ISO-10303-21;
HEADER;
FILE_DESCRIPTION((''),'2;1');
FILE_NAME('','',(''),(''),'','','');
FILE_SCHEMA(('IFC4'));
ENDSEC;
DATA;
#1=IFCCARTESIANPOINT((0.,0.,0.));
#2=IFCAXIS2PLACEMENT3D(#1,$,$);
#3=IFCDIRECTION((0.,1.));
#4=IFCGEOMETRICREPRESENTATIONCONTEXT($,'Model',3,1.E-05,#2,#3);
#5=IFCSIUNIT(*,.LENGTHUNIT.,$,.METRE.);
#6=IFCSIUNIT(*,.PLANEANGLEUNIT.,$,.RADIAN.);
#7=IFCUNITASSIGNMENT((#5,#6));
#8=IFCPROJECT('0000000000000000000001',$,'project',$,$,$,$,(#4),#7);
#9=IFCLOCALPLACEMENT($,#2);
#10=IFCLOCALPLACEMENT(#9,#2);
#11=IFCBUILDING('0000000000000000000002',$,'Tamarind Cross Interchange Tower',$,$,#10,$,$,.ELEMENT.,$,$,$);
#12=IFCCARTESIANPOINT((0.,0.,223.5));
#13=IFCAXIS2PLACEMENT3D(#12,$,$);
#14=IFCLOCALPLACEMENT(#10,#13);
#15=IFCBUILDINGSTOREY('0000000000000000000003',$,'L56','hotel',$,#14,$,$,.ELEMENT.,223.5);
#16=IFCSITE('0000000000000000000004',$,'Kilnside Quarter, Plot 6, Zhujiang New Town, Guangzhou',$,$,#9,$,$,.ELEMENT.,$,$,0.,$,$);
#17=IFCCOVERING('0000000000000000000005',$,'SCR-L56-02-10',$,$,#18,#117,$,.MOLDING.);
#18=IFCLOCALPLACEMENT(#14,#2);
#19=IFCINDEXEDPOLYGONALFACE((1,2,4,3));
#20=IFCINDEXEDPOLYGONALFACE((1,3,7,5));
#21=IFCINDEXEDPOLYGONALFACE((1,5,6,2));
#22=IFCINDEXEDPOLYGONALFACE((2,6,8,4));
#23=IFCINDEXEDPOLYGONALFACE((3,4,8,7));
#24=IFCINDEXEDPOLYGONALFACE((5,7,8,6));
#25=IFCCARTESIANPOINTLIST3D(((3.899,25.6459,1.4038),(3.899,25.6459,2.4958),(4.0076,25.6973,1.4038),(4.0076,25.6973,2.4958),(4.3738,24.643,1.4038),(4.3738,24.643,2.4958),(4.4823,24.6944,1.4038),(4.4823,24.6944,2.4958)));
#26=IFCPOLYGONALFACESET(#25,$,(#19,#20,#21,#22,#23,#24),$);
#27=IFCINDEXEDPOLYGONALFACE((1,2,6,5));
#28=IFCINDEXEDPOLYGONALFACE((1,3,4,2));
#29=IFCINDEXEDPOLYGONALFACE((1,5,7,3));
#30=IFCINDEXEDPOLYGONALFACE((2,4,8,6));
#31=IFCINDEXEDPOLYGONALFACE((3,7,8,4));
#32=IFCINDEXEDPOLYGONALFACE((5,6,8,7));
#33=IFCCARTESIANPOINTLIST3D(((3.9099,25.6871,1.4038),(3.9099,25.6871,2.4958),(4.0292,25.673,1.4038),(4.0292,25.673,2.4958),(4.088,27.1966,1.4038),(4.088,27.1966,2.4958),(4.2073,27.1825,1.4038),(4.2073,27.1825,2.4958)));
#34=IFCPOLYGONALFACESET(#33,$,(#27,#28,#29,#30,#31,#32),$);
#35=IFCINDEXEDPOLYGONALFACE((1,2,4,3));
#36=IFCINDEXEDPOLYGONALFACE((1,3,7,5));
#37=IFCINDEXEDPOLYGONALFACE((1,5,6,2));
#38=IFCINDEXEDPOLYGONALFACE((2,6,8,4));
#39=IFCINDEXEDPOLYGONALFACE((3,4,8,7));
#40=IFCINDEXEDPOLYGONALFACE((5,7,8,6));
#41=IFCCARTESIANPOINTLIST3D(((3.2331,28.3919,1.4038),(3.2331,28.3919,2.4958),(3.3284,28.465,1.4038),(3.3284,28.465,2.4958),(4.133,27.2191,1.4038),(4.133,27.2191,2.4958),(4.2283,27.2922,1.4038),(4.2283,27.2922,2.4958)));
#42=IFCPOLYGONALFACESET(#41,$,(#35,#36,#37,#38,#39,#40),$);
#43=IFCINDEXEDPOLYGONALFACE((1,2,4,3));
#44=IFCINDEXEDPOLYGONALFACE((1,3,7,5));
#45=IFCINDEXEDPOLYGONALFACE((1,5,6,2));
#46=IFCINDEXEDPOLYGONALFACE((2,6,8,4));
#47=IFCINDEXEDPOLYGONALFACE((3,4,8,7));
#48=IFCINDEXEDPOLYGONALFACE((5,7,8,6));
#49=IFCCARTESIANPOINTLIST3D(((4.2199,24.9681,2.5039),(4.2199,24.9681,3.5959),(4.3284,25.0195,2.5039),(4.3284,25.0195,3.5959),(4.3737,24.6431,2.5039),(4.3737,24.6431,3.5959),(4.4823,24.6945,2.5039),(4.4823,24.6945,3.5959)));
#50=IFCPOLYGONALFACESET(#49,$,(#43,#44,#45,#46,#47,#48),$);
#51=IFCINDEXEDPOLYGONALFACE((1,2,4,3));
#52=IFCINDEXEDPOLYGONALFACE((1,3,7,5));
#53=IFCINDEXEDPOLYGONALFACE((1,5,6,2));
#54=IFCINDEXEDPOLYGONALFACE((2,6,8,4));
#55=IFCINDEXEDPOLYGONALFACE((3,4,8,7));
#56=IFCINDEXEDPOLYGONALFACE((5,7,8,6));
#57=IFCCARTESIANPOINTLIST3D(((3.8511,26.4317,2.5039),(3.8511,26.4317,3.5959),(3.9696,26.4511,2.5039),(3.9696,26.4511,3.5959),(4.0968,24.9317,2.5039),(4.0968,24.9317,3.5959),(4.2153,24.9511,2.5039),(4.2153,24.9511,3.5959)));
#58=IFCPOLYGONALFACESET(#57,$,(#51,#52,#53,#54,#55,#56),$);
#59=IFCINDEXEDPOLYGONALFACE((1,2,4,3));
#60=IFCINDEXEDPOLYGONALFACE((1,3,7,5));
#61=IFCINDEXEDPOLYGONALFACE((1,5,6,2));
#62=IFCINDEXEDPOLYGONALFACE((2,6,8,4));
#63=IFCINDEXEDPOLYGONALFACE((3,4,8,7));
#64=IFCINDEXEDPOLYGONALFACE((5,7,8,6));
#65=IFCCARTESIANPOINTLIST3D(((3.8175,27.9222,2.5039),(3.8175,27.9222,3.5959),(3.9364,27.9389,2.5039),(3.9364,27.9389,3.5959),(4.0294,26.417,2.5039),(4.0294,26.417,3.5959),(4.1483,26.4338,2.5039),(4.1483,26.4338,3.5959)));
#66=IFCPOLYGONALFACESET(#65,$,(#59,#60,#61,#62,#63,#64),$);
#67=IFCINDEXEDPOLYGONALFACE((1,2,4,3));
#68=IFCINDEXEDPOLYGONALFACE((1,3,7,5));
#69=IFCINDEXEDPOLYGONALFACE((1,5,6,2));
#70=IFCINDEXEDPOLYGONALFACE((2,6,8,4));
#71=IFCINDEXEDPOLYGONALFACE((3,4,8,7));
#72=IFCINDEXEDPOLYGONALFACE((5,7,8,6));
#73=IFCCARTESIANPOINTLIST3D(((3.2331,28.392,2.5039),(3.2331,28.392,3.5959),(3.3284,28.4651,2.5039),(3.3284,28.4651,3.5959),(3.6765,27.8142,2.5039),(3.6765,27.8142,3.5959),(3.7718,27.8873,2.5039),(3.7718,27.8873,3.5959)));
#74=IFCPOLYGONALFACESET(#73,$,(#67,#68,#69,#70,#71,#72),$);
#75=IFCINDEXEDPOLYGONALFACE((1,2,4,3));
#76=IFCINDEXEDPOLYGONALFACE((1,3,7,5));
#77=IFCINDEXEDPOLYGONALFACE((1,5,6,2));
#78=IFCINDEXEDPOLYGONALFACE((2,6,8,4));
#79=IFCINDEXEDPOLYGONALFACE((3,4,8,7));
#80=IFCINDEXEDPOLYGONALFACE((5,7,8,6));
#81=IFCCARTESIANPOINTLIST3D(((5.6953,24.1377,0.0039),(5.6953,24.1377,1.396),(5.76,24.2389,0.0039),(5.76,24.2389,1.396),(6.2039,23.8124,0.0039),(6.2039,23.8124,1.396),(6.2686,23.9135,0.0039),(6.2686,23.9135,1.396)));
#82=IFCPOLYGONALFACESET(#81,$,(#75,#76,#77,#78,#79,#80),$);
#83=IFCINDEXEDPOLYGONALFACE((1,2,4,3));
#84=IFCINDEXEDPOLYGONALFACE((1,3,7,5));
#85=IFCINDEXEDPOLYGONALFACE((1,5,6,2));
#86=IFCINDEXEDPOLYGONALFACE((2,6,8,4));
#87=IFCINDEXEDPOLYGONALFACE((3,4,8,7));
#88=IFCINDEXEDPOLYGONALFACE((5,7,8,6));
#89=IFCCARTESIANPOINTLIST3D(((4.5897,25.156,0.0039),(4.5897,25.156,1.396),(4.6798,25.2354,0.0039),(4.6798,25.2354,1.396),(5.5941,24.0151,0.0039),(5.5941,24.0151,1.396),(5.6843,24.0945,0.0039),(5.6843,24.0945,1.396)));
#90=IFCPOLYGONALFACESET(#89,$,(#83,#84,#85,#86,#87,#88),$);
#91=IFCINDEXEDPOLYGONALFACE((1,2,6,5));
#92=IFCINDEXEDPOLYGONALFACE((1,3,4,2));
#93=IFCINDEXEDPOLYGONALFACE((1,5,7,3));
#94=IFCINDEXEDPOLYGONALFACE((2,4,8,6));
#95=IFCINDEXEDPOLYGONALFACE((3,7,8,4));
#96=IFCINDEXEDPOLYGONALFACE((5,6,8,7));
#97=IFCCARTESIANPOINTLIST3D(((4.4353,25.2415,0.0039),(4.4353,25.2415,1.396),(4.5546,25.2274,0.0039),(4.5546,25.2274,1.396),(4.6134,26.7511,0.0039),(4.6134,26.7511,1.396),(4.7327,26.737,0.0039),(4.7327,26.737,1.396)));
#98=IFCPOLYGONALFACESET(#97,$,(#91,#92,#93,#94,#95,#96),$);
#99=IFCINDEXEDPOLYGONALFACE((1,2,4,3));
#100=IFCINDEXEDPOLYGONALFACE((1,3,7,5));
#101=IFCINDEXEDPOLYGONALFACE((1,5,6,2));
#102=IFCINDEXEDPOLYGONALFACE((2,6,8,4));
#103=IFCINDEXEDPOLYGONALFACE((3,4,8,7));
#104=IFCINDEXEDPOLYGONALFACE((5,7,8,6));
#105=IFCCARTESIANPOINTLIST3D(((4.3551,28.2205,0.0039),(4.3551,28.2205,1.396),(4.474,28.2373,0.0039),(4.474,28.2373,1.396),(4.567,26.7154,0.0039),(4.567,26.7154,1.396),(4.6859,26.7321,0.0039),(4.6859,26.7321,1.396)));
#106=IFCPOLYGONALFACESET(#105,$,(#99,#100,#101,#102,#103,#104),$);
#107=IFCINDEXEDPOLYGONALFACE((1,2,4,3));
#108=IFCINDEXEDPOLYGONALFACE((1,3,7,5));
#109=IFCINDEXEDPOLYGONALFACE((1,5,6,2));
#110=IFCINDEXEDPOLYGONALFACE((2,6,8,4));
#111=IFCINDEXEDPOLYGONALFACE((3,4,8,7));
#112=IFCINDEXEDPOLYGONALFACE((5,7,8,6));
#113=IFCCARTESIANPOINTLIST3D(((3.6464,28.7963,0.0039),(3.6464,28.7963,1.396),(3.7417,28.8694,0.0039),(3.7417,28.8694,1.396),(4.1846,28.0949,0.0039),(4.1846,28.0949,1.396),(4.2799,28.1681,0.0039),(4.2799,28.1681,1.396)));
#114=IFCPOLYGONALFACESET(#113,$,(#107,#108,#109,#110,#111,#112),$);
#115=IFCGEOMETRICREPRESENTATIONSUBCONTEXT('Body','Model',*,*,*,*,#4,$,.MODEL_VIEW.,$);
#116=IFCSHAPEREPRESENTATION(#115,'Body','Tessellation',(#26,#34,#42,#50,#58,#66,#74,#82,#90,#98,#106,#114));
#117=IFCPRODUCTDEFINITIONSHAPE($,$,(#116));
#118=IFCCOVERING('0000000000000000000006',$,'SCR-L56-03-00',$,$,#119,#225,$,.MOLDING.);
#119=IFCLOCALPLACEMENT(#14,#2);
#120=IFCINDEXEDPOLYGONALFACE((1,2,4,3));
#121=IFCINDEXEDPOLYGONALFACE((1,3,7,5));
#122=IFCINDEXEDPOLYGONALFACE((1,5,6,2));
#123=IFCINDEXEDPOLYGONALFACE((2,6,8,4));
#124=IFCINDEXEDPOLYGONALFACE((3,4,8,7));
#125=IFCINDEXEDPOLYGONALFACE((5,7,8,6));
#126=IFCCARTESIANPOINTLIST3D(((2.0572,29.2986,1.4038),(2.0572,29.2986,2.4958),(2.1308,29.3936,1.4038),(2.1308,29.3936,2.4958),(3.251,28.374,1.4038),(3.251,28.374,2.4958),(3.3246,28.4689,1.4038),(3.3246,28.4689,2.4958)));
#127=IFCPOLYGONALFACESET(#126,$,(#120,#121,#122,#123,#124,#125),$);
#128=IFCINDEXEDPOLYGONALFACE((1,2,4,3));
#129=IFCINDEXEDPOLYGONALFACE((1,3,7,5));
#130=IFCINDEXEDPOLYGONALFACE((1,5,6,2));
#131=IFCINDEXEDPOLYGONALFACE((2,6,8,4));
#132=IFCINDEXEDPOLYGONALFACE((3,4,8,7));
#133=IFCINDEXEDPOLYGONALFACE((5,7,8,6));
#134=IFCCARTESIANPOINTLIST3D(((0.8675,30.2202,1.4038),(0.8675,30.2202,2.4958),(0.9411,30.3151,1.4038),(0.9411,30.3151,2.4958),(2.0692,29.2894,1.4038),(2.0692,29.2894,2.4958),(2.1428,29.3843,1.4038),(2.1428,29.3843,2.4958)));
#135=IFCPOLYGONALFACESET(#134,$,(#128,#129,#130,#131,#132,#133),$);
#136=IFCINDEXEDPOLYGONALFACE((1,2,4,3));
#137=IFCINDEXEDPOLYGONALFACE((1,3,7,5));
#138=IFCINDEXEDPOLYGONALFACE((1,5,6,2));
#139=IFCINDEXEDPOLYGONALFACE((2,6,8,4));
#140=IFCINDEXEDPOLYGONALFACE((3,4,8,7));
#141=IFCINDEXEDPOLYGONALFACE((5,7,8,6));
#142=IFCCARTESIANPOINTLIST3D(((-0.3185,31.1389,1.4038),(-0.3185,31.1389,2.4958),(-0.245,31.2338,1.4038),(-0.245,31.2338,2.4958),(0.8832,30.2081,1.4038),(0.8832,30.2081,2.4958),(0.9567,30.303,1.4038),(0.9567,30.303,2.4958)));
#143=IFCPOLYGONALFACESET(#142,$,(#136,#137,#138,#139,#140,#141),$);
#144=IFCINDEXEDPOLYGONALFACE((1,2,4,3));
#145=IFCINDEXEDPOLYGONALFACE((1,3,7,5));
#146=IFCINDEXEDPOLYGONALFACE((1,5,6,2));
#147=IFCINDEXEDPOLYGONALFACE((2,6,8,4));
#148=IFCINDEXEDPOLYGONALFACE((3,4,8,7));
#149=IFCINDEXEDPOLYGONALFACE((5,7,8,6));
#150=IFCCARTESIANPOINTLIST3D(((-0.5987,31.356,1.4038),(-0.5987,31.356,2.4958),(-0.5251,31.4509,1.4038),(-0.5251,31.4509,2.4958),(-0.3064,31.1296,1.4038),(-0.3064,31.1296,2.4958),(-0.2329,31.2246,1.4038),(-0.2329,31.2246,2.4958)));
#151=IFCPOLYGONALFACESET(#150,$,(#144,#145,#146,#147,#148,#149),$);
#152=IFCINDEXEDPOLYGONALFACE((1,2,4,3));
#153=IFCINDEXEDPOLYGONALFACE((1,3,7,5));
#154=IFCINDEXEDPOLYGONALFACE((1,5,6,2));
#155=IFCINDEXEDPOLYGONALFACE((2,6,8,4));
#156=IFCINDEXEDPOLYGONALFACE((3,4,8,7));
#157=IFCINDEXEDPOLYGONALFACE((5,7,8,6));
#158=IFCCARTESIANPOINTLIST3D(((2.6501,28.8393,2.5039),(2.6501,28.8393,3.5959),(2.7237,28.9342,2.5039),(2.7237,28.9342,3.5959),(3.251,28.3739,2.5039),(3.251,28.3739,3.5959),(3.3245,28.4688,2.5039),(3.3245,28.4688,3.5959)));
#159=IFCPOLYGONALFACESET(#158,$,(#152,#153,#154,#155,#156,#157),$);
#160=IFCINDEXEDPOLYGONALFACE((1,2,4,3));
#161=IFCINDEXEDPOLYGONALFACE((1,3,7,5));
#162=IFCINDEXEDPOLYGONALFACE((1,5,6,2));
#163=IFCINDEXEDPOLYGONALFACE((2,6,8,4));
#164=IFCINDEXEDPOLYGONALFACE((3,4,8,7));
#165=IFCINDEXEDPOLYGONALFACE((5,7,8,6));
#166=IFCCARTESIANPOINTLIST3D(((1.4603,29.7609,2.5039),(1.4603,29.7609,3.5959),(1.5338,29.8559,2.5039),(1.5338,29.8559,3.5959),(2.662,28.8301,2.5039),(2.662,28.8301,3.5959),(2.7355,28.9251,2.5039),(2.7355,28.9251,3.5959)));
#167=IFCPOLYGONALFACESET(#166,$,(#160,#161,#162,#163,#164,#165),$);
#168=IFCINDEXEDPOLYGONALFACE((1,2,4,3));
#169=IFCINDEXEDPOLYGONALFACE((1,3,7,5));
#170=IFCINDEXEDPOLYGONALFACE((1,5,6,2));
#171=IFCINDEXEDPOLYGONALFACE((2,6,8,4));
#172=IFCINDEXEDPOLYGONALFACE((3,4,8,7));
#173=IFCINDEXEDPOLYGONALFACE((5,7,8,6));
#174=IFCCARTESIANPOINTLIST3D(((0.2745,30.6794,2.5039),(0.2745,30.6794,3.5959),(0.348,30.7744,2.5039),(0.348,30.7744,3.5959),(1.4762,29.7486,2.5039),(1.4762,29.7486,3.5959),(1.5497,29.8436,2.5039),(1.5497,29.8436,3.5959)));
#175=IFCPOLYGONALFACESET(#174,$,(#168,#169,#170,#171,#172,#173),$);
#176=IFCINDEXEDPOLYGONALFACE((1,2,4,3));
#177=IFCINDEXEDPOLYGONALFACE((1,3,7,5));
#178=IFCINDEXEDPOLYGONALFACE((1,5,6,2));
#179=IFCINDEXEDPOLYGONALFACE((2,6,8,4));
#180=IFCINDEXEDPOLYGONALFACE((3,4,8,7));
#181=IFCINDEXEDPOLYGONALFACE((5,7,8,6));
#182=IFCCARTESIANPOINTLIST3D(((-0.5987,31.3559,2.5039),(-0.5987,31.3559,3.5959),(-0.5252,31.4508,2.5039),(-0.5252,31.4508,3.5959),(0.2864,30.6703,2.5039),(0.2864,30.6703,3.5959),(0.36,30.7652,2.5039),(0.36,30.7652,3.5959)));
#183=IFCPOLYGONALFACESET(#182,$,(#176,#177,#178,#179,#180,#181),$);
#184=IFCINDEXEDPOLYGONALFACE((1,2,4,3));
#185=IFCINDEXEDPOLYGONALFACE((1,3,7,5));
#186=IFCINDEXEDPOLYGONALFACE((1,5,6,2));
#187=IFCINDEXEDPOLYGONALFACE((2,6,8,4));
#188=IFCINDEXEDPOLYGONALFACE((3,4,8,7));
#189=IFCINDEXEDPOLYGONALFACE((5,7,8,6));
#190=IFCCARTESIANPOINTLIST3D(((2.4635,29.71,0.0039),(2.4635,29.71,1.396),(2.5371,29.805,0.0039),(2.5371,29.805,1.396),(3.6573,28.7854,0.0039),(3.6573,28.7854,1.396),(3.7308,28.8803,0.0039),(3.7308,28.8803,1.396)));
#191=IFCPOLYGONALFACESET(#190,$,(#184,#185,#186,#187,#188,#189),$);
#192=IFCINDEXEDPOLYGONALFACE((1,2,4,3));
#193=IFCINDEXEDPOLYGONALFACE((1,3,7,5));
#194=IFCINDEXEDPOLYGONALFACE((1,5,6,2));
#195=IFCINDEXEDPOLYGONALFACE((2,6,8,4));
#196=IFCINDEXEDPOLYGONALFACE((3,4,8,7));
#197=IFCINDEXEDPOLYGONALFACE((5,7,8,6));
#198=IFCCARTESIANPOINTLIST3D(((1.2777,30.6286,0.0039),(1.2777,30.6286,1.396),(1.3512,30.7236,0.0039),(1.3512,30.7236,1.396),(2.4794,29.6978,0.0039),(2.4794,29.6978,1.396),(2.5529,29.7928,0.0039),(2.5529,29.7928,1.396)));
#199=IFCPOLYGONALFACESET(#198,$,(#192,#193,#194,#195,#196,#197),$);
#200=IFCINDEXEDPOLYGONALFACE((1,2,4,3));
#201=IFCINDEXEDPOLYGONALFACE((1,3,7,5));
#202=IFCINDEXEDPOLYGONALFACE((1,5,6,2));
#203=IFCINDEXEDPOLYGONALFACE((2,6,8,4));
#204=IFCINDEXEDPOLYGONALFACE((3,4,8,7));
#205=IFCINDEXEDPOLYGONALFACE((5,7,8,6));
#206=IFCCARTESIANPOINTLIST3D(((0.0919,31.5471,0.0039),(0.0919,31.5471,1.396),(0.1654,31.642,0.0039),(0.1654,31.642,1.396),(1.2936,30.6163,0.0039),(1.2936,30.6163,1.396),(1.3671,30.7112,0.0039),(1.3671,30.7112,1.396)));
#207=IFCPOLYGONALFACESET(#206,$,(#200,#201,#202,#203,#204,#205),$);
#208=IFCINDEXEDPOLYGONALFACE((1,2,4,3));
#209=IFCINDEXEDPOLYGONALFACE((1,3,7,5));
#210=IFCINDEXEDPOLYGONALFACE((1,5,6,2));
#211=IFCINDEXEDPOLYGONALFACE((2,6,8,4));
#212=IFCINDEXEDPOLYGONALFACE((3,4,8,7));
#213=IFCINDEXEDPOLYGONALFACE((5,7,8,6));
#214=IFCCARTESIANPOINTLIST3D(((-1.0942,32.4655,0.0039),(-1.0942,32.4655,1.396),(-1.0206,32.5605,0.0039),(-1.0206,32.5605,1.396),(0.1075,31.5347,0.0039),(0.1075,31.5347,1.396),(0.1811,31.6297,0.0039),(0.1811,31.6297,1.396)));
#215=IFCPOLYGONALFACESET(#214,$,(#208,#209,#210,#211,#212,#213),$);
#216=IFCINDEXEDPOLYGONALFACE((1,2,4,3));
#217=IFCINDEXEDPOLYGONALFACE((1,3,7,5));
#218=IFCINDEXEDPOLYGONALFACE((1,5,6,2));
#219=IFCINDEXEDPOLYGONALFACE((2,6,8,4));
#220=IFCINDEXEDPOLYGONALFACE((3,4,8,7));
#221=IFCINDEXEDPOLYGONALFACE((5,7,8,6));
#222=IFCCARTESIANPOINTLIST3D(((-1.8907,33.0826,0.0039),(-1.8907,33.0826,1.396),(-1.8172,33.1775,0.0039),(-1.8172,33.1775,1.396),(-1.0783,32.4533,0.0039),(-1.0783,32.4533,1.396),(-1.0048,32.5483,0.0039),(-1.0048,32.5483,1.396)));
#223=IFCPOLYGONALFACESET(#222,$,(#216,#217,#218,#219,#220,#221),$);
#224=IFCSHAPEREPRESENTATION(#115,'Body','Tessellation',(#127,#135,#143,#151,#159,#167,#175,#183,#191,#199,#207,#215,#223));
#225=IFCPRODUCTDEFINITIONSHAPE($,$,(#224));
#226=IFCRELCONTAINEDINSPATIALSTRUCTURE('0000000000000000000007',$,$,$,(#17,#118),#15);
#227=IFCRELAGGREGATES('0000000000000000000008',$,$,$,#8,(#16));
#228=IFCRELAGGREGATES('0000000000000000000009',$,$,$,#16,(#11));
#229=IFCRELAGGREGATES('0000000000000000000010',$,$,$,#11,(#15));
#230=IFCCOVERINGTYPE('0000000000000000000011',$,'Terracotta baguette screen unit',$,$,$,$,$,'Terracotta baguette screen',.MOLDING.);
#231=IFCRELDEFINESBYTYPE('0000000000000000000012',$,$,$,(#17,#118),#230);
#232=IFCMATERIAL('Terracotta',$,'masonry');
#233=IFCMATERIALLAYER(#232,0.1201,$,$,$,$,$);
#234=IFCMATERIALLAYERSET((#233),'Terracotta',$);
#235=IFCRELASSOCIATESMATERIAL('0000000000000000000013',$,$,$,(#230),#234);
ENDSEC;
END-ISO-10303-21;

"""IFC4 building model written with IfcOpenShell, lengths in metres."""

from ifc_helpers import new_model, si_unit, direction, frame, origin, origin_2d, place, context, subcontext, project, spatial, rectangle, extrude, material, layer, layer_set, type_object, element, save


model = new_model("IFC4")

# Units and contexts
model_context = context("Model", 3, precision=1e-05, world=origin(), true_north=direction((0.0, 1.0)))
body_context = subcontext(model_context, "Body", "Model", "MODEL_VIEW")
ifc_project = project(units=[si_unit("LENGTHUNIT", "METRE"), si_unit("PLANEANGLEUNIT", "RADIAN")], contexts=[model_context])

# Site, building, storey
site_placement = place(None, origin())
site = spatial("IfcSite", under=ifc_project, at=site_placement, Name="Kilnside Quarter, Plot 6, Zhujiang New Town, Guangzhou", CompositionType="ELEMENT", RefElevation=0.0)
building_placement = place(site_placement, origin())
building = spatial("IfcBuilding", under=site, at=building_placement, Name="Tamarind Cross Interchange Tower", CompositionType="ELEMENT")
storey_placement = place(building_placement, frame((0.0, 0.0, 223.5)))
storey = spatial("IfcBuildingStorey", under=building, at=storey_placement, Name="L56", Description="hotel", CompositionType="ELEMENT", Elevation=223.5)

# Coverings
ifc_material_1 = material(Name="Terracotta", Category="masonry")
ifc_layer_1 = layer(ifc_material_1, 0.1201)
ifc_layer_set_1 = layer_set([ifc_layer_1], Name="Terracotta")
covering_type = type_object("IfcCoveringType", Name="Terracotta baguette screen unit", ElementType="Terracotta baguette screen", PredefinedType="MOLDING", material=ifc_layer_set_1)
covering_1_placement = place(storey_placement, origin())
element("IfcCovering", 1, at=covering_1_placement, inside=storey, type_object=covering_type, Name="SCR-L56-02-10", PredefinedType="MOLDING", context=body_context, shape_type="SweptSolid", body=[
    extrude(rectangle(XDim=1.1096, YDim=0.1201, at=origin_2d()), frame((4.1907, 25.1702, 1.4038), z_axis=(0.0, 0.0, 1.0), x_axis=(-0.427839, 0.903855, 0.0)), (0.0, 0.0, 1.0), 1.092),
    extrude(rectangle(XDim=1.52, YDim=0.1201, at=origin_2d()), frame((4.0586, 26.4348, 1.4038), z_axis=(0.0, 0.0, 1.0), x_axis=(0.117188, 0.99311, 0.0)), (0.0, 0.0, 1.0), 1.092),
    extrude(rectangle(XDim=1.4783, YDim=0.1201, at=origin_2d()), frame((3.7307, 27.842, 1.4038), z_axis=(0.0, 0.0, 1.0), x_axis=(-0.608727, 0.793379, 0.0)), (0.0, 0.0, 1.0), 1.092),
    extrude(rectangle(XDim=0.3596, YDim=0.1201, at=origin_2d()), frame((4.3511, 24.8313, 2.5039), z_axis=(0.0, 0.0, 1.0), x_axis=(-0.427839, 0.903855, 0.0)), (0.0, 0.0, 1.0), 1.092),
    extrude(rectangle(XDim=1.52, YDim=0.1201, at=origin_2d()), frame((4.0332, 25.6914, 2.5039), z_axis=(0.0, 0.0, 1.0), x_axis=(-0.16161, 0.986855, 0.0)), (0.0, 0.0, 1.0), 1.092),
    extrude(rectangle(XDim=1.52, YDim=0.1201, at=origin_2d()), frame((3.9829, 27.178, 2.5039), z_axis=(0.0, 0.0, 1.0), x_axis=(-0.139391, 0.990237, 0.0)), (0.0, 0.0, 1.0), 1.092),
    extrude(rectangle(XDim=0.7283, YDim=0.1201, at=origin_2d()), frame((3.5024, 28.1396, 2.5039), z_axis=(0.0, 0.0, 1.0), x_axis=(-0.608727, 0.793379, 0.0)), (0.0, 0.0, 1.0), 1.092),
    extrude(rectangle(XDim=0.6038, YDim=0.1201, at=origin_2d()), frame((5.9819, 24.0256, 0.0039), z_axis=(0.0, 0.0, 1.0), x_axis=(-0.842367, 0.538905, 0.0)), (0.0, 0.0, 1.0), 1.3921),
    extrude(rectangle(XDim=1.52, YDim=0.1201, at=origin_2d()), frame((5.137, 24.6252, 0.0039), z_axis=(0.0, 0.0, 1.0), x_axis=(-0.660797, 0.750564, 0.0)), (0.0, 0.0, 1.0), 1.3921),
    extrude(rectangle(XDim=1.52, YDim=0.1201, at=origin_2d()), frame((4.584, 25.9893, 0.0039), z_axis=(0.0, 0.0, 1.0), x_axis=(0.117188, 0.99311, 0.0)), (0.0, 0.0, 1.0), 1.3921),
    extrude(rectangle(XDim=1.52, YDim=0.1201, at=origin_2d()), frame((4.5205, 27.4763, 0.0039), z_axis=(0.0, 0.0, 1.0), x_axis=(-0.139391, 0.990237, 0.0)), (0.0, 0.0, 1.0), 1.3921),
    extrude(rectangle(XDim=0.884, YDim=0.1201, at=origin_2d()), frame((3.9631, 28.4822, 0.0039), z_axis=(0.0, 0.0, 1.0), x_axis=(-0.608727, 0.793379, 0.0)), (0.0, 0.0, 1.0), 1.3921),
])
covering_2_placement = place(storey_placement, origin())
element("IfcCovering", 2, at=covering_2_placement, inside=storey, type_object=covering_type, Name="SCR-L56-03-00", PredefinedType="MOLDING", context=body_context, shape_type="SweptSolid", body=[
    extrude(rectangle(XDim=1.51, YDim=0.1201, at=origin_2d()), frame((2.6909, 28.8838, 1.4038), z_axis=(0.0, 0.0, 1.0), x_axis=(-0.790583, 0.612355, 0.0)), (0.0, 0.0, 1.0), 1.092),
    extrude(rectangle(XDim=1.52, YDim=0.1201, at=origin_2d()), frame((1.5051, 29.8022, 1.4038), z_axis=(0.0, 0.0, 1.0), x_axis=(-0.790583, 0.612355, 0.0)), (0.0, 0.0, 1.0), 1.092),
    extrude(rectangle(XDim=1.52, YDim=0.1201, at=origin_2d()), frame((0.3191, 30.7209, 1.4038), z_axis=(0.0, 0.0, 1.0), x_axis=(-0.790583, 0.612355, 0.0)), (0.0, 0.0, 1.0), 1.092),
    extrude(rectangle(XDim=0.3696, YDim=0.1201, at=origin_2d()), frame((-0.4158, 31.2903, 1.4038), z_axis=(0.0, 0.0, 1.0), x_axis=(-0.790583, 0.612355, 0.0)), (0.0, 0.0, 1.0), 1.092),
    extrude(rectangle(XDim=0.76, YDim=0.1201, at=origin_2d()), frame((2.9873, 28.6541, 2.5039), z_axis=(0.0, 0.0, 1.0), x_axis=(-0.790583, 0.612355, 0.0)), (0.0, 0.0, 1.0), 1.092),
    extrude(rectangle(XDim=1.52, YDim=0.1201, at=origin_2d()), frame((2.0979, 29.343, 2.5039), z_axis=(0.0, 0.0, 1.0), x_axis=(-0.790583, 0.612355, 0.0)), (0.0, 0.0, 1.0), 1.092),
    extrude(rectangle(XDim=1.52, YDim=0.1201, at=origin_2d()), frame((0.9121, 30.2615, 2.5039), z_axis=(0.0, 0.0, 1.0), x_axis=(-0.790583, 0.612355, 0.0)), (0.0, 0.0, 1.0), 1.092),
    extrude(rectangle(XDim=1.1196, YDim=0.1201, at=origin_2d()), frame((-0.1194, 31.0605, 2.5039), z_axis=(0.0, 0.0, 1.0), x_axis=(-0.790583, 0.612355, 0.0)), (0.0, 0.0, 1.0), 1.092),
    extrude(rectangle(XDim=1.51, YDim=0.1201, at=origin_2d()), frame((3.0972, 29.2952, 0.0039), z_axis=(0.0, 0.0, 1.0), x_axis=(-0.790583, 0.612355, 0.0)), (0.0, 0.0, 1.0), 1.3921),
    extrude(rectangle(XDim=1.52, YDim=0.1201, at=origin_2d()), frame((1.9153, 30.2107, 0.0039), z_axis=(0.0, 0.0, 1.0), x_axis=(-0.790583, 0.612355, 0.0)), (0.0, 0.0, 1.0), 1.3921),
    extrude(rectangle(XDim=1.52, YDim=0.1201, at=origin_2d()), frame((0.7295, 31.1292, 0.0039), z_axis=(0.0, 0.0, 1.0), x_axis=(-0.790583, 0.612355, 0.0)), (0.0, 0.0, 1.0), 1.3921),
    extrude(rectangle(XDim=1.52, YDim=0.1201, at=origin_2d()), frame((-0.4565, 32.0476, 0.0039), z_axis=(0.0, 0.0, 1.0), x_axis=(-0.790583, 0.612355, 0.0)), (0.0, 0.0, 1.0), 1.3921),
    extrude(rectangle(XDim=1.0276, YDim=0.1201, at=origin_2d()), frame((-1.4478, 32.8154, 0.0039), z_axis=(0.0, 0.0, 1.0), x_axis=(-0.790583, 0.612355, 0.0)), (0.0, 0.0, 1.0), 1.3921),
])

save(model, "model.ifc")
